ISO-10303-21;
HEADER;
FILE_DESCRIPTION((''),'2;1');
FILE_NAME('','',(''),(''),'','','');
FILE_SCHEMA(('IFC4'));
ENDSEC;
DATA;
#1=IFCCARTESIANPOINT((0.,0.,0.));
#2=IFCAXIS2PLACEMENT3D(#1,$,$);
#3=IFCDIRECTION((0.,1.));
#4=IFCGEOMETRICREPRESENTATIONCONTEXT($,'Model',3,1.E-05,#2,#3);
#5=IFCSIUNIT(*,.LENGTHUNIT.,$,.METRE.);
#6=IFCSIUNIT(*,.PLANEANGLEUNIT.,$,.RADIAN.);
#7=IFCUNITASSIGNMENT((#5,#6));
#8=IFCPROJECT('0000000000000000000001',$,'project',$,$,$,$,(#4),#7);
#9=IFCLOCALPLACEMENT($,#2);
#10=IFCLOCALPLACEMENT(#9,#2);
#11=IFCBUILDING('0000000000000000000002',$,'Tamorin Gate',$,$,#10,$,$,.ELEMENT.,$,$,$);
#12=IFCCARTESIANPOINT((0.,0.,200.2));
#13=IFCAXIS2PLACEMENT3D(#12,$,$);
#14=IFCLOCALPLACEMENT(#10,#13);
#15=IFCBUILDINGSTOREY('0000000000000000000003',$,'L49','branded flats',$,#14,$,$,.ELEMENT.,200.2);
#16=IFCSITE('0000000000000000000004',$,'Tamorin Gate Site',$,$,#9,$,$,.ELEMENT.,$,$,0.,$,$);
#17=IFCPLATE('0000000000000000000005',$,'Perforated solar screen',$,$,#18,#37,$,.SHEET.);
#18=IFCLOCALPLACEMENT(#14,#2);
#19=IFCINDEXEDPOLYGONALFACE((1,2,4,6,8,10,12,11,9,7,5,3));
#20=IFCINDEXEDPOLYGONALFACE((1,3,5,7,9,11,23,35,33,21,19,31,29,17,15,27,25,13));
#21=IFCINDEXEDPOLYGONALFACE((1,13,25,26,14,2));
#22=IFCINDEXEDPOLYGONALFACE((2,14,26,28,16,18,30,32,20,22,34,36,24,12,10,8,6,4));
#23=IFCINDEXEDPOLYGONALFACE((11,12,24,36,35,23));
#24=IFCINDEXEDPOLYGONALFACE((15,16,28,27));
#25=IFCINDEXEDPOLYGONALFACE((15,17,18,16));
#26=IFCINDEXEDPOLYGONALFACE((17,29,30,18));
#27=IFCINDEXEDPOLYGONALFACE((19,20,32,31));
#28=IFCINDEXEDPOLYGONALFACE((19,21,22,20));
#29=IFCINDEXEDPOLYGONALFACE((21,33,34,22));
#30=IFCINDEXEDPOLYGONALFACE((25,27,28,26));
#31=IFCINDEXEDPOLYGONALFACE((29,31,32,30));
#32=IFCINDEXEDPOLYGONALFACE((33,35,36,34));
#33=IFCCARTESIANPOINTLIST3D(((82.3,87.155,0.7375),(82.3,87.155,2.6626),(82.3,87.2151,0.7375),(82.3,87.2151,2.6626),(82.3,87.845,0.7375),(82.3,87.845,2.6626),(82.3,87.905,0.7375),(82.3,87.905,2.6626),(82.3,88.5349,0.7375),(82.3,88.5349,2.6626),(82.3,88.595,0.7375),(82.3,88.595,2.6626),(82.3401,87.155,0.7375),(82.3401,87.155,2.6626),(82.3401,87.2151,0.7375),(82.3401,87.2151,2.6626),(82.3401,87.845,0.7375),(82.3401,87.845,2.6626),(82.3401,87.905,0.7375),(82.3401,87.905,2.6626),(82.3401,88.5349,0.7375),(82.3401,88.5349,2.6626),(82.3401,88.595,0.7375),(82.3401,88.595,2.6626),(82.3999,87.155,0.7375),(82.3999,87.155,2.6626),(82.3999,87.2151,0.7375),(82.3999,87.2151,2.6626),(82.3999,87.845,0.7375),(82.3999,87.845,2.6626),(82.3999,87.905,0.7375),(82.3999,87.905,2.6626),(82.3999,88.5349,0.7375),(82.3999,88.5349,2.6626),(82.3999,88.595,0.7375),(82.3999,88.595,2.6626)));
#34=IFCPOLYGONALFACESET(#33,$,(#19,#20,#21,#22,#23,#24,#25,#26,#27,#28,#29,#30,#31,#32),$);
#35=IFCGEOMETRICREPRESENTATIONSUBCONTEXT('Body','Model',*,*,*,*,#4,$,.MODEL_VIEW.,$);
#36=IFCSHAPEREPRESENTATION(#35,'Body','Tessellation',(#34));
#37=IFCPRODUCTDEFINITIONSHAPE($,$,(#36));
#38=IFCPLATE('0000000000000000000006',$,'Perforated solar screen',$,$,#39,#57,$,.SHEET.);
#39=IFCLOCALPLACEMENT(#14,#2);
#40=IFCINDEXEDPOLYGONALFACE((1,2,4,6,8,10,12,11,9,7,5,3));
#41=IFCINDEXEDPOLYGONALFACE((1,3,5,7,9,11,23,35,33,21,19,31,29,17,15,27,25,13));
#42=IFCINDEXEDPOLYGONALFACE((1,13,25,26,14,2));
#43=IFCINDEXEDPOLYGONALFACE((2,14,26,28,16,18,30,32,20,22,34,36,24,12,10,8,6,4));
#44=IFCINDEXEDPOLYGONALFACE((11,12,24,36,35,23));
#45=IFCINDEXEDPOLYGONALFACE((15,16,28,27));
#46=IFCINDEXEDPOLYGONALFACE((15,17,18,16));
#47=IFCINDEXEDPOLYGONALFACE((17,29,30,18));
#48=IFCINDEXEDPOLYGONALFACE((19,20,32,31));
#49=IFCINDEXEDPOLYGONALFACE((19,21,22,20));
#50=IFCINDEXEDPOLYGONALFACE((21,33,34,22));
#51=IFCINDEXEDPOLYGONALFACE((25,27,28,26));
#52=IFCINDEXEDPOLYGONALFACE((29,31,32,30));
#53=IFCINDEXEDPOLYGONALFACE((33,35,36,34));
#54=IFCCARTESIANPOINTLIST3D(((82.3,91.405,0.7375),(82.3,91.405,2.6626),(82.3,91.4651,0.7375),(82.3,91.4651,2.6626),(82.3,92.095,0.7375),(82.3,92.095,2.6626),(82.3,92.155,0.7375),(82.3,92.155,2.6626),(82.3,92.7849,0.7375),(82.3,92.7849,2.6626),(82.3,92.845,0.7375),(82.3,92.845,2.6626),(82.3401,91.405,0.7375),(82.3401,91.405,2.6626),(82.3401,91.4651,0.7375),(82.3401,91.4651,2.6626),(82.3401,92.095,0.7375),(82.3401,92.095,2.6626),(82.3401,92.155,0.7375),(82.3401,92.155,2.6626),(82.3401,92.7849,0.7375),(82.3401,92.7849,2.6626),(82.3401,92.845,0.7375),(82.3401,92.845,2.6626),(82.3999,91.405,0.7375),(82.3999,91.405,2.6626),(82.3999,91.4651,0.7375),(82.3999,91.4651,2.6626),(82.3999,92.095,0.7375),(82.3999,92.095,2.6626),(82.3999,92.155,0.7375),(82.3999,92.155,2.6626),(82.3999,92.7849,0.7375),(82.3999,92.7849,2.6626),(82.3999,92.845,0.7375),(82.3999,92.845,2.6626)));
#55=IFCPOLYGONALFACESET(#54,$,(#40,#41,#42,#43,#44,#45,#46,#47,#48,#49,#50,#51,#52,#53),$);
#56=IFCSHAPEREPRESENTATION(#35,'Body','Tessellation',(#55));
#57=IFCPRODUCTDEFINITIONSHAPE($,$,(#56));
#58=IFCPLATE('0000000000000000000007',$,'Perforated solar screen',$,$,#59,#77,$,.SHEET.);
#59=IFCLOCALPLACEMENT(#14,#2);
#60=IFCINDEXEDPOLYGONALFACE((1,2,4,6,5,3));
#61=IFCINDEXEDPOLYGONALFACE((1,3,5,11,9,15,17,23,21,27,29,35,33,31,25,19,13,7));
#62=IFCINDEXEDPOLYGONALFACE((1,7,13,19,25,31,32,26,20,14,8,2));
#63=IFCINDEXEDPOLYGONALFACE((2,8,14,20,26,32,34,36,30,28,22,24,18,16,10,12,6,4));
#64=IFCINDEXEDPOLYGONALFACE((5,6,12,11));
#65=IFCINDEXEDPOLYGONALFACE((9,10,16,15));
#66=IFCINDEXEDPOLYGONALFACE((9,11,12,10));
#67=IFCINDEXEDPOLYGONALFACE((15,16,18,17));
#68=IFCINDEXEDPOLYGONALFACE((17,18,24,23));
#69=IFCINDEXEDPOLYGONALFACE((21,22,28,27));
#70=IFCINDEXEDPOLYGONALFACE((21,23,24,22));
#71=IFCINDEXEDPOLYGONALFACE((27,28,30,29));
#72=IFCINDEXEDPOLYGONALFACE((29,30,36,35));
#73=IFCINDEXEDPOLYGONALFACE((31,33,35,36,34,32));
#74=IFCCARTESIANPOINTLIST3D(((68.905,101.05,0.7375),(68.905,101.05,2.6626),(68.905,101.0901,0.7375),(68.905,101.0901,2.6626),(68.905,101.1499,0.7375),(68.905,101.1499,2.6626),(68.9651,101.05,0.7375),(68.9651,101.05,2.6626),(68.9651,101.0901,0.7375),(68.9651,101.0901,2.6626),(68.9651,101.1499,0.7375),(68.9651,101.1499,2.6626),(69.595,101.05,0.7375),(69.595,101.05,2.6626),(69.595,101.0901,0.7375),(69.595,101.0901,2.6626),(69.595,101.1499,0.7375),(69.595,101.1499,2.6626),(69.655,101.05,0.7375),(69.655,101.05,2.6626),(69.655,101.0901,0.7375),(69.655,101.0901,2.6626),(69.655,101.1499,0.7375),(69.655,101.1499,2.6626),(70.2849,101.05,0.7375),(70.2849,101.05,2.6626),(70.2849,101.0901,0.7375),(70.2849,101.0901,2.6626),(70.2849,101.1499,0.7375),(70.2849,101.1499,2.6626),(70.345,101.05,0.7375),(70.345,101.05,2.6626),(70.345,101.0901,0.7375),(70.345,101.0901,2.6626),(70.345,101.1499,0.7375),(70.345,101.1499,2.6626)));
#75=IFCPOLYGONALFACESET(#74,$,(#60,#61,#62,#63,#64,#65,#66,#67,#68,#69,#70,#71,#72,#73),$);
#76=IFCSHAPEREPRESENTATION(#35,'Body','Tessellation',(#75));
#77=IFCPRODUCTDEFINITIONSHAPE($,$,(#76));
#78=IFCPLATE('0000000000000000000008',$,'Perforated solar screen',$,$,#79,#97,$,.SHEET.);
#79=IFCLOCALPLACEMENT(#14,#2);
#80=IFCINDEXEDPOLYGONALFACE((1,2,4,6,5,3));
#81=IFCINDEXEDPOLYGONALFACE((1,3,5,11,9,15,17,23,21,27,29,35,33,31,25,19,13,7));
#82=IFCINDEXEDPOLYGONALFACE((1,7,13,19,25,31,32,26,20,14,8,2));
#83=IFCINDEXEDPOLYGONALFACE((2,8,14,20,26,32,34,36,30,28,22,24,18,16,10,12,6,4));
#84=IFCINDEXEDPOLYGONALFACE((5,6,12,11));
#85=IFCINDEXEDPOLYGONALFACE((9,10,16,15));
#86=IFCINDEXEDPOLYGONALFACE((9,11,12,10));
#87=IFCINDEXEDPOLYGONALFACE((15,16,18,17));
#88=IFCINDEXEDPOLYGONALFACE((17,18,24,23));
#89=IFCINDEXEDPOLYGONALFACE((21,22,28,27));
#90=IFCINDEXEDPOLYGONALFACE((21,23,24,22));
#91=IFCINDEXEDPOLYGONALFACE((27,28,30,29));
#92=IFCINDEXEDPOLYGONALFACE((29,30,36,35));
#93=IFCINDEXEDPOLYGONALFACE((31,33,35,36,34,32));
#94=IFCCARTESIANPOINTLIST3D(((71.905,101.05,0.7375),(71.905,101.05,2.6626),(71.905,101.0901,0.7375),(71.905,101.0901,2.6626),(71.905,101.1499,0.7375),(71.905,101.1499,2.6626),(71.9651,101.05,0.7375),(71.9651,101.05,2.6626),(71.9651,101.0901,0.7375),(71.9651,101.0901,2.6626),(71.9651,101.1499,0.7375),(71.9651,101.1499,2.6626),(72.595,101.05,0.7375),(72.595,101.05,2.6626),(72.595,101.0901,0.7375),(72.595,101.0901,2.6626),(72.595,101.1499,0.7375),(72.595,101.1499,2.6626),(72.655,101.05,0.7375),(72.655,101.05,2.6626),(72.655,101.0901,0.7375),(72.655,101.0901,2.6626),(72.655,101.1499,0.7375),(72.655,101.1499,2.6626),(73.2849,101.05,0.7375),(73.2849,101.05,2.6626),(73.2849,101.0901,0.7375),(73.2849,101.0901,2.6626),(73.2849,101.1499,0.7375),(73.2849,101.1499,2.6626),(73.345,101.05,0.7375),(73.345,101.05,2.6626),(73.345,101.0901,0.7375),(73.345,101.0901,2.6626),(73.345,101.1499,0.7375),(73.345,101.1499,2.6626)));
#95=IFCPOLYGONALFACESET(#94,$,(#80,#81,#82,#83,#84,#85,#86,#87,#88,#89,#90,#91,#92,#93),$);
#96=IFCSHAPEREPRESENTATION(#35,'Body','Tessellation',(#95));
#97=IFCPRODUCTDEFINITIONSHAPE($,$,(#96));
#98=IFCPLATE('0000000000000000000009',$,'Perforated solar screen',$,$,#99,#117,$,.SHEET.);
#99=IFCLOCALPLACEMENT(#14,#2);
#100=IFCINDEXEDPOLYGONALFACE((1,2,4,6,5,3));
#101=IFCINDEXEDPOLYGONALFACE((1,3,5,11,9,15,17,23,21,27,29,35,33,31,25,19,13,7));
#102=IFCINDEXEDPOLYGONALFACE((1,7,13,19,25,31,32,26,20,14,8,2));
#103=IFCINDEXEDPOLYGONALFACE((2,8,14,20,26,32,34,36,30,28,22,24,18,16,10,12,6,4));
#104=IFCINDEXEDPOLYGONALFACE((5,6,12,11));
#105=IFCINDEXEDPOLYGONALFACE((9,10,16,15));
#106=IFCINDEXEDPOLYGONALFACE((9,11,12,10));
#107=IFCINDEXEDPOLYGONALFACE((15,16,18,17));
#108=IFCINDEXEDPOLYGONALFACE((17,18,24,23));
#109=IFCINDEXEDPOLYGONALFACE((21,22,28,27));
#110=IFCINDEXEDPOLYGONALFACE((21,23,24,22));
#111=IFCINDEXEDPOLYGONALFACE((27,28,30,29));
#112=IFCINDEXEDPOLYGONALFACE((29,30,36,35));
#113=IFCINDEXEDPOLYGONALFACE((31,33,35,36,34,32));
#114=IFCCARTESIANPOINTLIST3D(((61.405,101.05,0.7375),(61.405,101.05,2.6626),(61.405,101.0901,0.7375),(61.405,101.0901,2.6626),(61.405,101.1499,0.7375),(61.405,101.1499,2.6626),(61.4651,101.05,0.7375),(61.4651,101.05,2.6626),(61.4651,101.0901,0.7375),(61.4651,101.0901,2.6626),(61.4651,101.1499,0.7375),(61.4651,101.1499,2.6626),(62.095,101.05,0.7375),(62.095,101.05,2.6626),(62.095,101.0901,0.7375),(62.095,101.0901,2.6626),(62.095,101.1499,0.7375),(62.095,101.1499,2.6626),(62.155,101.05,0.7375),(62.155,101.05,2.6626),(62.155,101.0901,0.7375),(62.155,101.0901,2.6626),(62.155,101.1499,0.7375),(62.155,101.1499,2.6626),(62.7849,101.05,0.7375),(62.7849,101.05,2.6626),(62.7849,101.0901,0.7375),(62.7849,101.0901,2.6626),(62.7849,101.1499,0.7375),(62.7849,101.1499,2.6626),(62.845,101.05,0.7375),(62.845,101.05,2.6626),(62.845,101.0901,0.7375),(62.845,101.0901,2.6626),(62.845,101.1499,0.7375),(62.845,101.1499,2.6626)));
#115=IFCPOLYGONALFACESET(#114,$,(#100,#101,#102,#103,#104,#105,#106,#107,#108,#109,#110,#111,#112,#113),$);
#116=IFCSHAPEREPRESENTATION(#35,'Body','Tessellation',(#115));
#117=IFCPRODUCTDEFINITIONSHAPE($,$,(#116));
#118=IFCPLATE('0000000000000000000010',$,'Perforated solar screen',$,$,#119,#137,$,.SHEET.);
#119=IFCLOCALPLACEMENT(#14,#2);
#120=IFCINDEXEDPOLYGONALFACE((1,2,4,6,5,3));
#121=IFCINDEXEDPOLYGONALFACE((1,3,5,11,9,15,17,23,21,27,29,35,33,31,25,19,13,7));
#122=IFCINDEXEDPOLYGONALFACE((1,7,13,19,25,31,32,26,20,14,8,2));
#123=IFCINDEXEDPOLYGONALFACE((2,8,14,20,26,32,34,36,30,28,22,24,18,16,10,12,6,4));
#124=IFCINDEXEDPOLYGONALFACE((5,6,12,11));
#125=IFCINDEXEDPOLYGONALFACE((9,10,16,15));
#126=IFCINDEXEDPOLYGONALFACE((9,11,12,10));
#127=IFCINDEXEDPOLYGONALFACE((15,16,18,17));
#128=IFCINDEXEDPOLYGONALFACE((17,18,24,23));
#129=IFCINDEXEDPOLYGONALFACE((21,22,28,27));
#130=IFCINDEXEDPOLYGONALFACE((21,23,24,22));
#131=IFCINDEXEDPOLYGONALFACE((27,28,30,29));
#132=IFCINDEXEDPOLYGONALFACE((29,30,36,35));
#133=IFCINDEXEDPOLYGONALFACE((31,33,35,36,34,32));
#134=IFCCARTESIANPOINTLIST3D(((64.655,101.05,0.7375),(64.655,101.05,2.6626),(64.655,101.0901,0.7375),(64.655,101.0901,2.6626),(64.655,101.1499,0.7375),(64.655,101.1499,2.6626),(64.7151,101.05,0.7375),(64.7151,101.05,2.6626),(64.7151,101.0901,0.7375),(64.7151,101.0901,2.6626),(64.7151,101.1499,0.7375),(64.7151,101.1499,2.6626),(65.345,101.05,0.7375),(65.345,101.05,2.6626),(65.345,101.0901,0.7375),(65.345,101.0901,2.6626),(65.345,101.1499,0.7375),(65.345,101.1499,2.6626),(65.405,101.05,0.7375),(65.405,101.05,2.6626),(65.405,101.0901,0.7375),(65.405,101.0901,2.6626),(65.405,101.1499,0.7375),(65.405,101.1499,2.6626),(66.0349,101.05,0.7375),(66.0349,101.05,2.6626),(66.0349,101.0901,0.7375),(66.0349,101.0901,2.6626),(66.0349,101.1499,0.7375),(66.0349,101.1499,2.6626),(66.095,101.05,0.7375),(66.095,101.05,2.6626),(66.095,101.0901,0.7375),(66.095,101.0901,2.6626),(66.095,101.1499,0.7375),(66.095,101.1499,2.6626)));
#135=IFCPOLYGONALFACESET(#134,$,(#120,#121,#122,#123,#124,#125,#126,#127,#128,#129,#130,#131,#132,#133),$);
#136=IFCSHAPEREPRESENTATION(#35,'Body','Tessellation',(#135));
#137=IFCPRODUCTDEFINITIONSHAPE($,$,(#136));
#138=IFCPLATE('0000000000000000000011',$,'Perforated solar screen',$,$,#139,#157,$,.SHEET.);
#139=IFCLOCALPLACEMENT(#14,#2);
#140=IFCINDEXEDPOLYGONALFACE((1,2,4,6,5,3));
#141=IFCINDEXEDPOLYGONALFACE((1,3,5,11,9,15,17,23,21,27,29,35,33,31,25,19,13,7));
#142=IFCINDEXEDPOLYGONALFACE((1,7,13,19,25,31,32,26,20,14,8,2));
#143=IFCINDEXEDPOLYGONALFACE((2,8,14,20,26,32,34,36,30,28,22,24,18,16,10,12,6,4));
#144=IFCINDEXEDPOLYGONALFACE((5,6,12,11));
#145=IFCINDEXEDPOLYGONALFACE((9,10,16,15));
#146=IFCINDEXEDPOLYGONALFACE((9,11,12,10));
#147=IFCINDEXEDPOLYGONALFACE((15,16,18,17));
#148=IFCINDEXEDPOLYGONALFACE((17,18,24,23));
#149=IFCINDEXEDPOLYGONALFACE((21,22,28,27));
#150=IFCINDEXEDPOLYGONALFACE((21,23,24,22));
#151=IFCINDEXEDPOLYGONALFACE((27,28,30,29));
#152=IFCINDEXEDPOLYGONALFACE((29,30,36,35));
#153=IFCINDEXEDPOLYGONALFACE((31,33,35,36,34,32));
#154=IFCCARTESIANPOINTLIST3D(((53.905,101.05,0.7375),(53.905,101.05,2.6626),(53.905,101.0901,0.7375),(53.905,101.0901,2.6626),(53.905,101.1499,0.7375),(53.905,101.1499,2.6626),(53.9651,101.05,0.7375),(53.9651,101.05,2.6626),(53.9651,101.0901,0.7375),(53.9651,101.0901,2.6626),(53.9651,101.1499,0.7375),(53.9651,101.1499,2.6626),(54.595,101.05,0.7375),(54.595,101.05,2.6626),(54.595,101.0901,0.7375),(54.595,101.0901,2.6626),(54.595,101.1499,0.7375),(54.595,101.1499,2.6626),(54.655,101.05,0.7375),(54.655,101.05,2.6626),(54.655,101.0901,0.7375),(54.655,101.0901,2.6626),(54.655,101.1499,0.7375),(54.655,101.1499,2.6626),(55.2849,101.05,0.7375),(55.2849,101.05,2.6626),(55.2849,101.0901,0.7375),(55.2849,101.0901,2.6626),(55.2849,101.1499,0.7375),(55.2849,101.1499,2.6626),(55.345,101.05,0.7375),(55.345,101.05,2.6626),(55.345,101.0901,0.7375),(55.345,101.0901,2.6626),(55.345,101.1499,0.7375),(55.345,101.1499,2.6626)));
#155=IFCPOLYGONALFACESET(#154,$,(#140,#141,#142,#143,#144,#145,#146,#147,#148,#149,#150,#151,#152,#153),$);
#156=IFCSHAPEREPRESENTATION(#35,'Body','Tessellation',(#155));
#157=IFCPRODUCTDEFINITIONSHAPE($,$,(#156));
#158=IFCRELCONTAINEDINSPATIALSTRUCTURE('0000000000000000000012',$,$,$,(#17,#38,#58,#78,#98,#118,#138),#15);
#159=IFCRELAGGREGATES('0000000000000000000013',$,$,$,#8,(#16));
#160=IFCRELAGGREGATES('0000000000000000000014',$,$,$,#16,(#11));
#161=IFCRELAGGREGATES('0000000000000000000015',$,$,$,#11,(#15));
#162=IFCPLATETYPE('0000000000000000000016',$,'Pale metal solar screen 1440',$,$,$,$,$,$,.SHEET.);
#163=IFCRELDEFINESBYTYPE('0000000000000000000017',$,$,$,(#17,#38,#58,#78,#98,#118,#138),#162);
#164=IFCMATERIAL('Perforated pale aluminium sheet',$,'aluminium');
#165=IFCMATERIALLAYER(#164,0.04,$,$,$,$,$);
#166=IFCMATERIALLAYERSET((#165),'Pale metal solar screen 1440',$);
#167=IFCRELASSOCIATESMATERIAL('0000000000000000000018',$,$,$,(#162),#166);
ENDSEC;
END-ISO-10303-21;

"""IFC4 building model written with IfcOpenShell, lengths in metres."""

from ifc_helpers import new_model, si_unit, direction, frame, origin, place, context, subcontext, project, spatial, polyline, outline, extrude, material, layer, layer_set, type_object, element, save


model = new_model("IFC4")

# Units and contexts
model_context = context("Model", 3, precision=1e-05, world=origin(), true_north=direction((0.0, 1.0)))
body_context = subcontext(model_context, "Body", "Model", "MODEL_VIEW")
ifc_project = project(units=[si_unit("LENGTHUNIT", "METRE"), si_unit("PLANEANGLEUNIT", "RADIAN")], contexts=[model_context])

# Site, building, storey
site_placement = place(None, origin())
site = spatial("IfcSite", under=ifc_project, at=site_placement, Name="Tamorin Gate Site", CompositionType="ELEMENT", RefElevation=0.0)
building_placement = place(site_placement, origin())
building = spatial("IfcBuilding", under=site, at=building_placement, Name="Tamorin Gate", CompositionType="ELEMENT")
storey_placement = place(building_placement, frame((0.0, 0.0, 200.2)))
storey = spatial("IfcBuildingStorey", under=building, at=storey_placement, Name="L49", Description="branded flats", CompositionType="ELEMENT", Elevation=200.2)

# Plates
ifc_material_1 = material(Name="Perforated pale aluminium sheet", Category="aluminium")
ifc_layer_1 = layer(ifc_material_1, 0.04)
ifc_layer_set_1 = layer_set([ifc_layer_1], Name="Pale metal solar screen 1440")
plate_type_1 = type_object("IfcPlateType", Name="Pale metal solar screen 1440", PredefinedType="SHEET", material=ifc_layer_set_1)
plate_1_placement = place(storey_placement, frame((0.0, 0.0, 0.7375)))
element("IfcPlate", 1, at=plate_1_placement, inside=storey, type_object=plate_type_1, Name="Perforated solar screen", PredefinedType="SHEET", context=body_context, shape_type="SweptSolid", body=[
    extrude(outline(polyline([(82.3401, 87.155), (82.3, 87.155), (82.3, 87.2151), (82.3, 87.845), (82.3, 87.905), (82.3, 88.5349), (82.3, 88.595), (82.3401, 88.595), (82.3999, 88.595), (82.3999, 88.5349), (82.3401, 88.5349), (82.3401, 87.905), (82.3999, 87.905), (82.3999, 87.845), (82.3401, 87.845), (82.3401, 87.2151), (82.3999, 87.2151), (82.3999, 87.155), (82.3401, 87.155)])), origin(), (0.0, 0.0, 1.0), 1.925),
])
plate_2_placement = place(storey_placement, frame((0.0, 0.0, 0.7375)))
element("IfcPlate", 2, at=plate_2_placement, inside=storey, type_object=plate_type_1, Name="Perforated solar screen", PredefinedType="SHEET", context=body_context, shape_type="SweptSolid", body=[
    extrude(outline(polyline([(82.3401, 91.405), (82.3, 91.405), (82.3, 91.4651), (82.3, 92.095), (82.3, 92.155), (82.3, 92.7849), (82.3, 92.845), (82.3401, 92.845), (82.3999, 92.845), (82.3999, 92.7849), (82.3401, 92.7849), (82.3401, 92.155), (82.3999, 92.155), (82.3999, 92.095), (82.3401, 92.095), (82.3401, 91.4651), (82.3999, 91.4651), (82.3999, 91.405), (82.3401, 91.405)])), origin(), (0.0, 0.0, 1.0), 1.925),
])
plate_3_placement = place(storey_placement, frame((0.0, 0.0, 0.7375)))
element("IfcPlate", 3, at=plate_3_placement, inside=storey, type_object=plate_type_1, Name="Perforated solar screen", PredefinedType="SHEET", context=body_context, shape_type="SweptSolid", body=[
    extrude(outline(polyline([(70.345, 101.0901), (70.345, 101.05), (70.2849, 101.05), (69.655, 101.05), (69.595, 101.05), (68.9651, 101.05), (68.905, 101.05), (68.905, 101.0901), (68.905, 101.1499), (68.9651, 101.1499), (68.9651, 101.0901), (69.595, 101.0901), (69.595, 101.1499), (69.655, 101.1499), (69.655, 101.0901), (70.2849, 101.0901), (70.2849, 101.1499), (70.345, 101.1499), (70.345, 101.0901)])), origin(), (0.0, 0.0, 1.0), 1.925),
])
plate_4_placement = place(storey_placement, frame((0.0, 0.0, 0.7375)))
element("IfcPlate", 4, at=plate_4_placement, inside=storey, type_object=plate_type_1, Name="Perforated solar screen", PredefinedType="SHEET", context=body_context, shape_type="SweptSolid", body=[
    extrude(outline(polyline([(73.345, 101.0901), (73.345, 101.05), (73.2849, 101.05), (72.655, 101.05), (72.595, 101.05), (71.9651, 101.05), (71.905, 101.05), (71.905, 101.05), (71.905, 101.0901), (71.905, 101.0901), (71.905, 101.1499), (71.9651, 101.1499), (71.9651, 101.0901), (72.595, 101.0901), (72.595, 101.1499), (72.655, 101.1499), (72.655, 101.0901), (73.2849, 101.0901), (73.2849, 101.1499), (73.345, 101.1499), (73.345, 101.0901)])), origin(), (0.0, 0.0, 1.0), 1.925),
])
plate_5_placement = place(storey_placement, frame((0.0, 0.0, 0.7375)))
element("IfcPlate", 5, at=plate_5_placement, inside=storey, type_object=plate_type_1, Name="Perforated solar screen", PredefinedType="SHEET", context=body_context, shape_type="SweptSolid", body=[
    extrude(outline(polyline([(62.845, 101.0901), (62.845, 101.05), (62.7849, 101.05), (62.155, 101.05), (62.095, 101.05), (61.4651, 101.05), (61.405, 101.05), (61.405, 101.0901), (61.405, 101.1499), (61.4651, 101.1499), (61.4651, 101.0901), (62.095, 101.0901), (62.095, 101.1499), (62.155, 101.1499), (62.155, 101.0901), (62.7849, 101.0901), (62.7849, 101.1499), (62.845, 101.1499), (62.845, 101.0901)])), origin(), (0.0, 0.0, 1.0), 1.925),
])
plate_6_placement = place(storey_placement, frame((0.0, 0.0, 0.7375)))
element("IfcPlate", 6, at=plate_6_placement, inside=storey, type_object=plate_type_1, Name="Perforated solar screen", PredefinedType="SHEET", context=body_context, shape_type="SweptSolid", body=[
    extrude(outline(polyline([(66.095, 101.0901), (66.095, 101.05), (66.0349, 101.05), (65.405, 101.05), (65.345, 101.05), (64.7151, 101.05), (64.655, 101.05), (64.655, 101.0901), (64.655, 101.1499), (64.7151, 101.1499), (64.7151, 101.0901), (65.345, 101.0901), (65.345, 101.1499), (65.405, 101.1499), (65.405, 101.0901), (66.0349, 101.0901), (66.0349, 101.1499), (66.095, 101.1499), (66.095, 101.0901)])), origin(), (0.0, 0.0, 1.0), 1.925),
])
plate_7_placement = place(storey_placement, frame((0.0, 0.0, 0.7375)))
element("IfcPlate", 7, at=plate_7_placement, inside=storey, type_object=plate_type_1, Name="Perforated solar screen", PredefinedType="SHEET", context=body_context, shape_type="SweptSolid", body=[
    extrude(outline(polyline([(55.345, 101.0901), (55.345, 101.05), (55.2849, 101.05), (54.655, 101.05), (54.595, 101.05), (53.9651, 101.05), (53.905, 101.05), (53.905, 101.0901), (53.905, 101.1499), (53.9651, 101.1499), (53.9651, 101.0901), (54.595, 101.0901), (54.595, 101.1499), (54.655, 101.1499), (54.655, 101.0901), (55.2849, 101.0901), (55.2849, 101.1499), (55.345, 101.1499), (55.345, 101.0901)])), origin(), (0.0, 0.0, 1.0), 1.925),
])

save(model, "model.ifc")
